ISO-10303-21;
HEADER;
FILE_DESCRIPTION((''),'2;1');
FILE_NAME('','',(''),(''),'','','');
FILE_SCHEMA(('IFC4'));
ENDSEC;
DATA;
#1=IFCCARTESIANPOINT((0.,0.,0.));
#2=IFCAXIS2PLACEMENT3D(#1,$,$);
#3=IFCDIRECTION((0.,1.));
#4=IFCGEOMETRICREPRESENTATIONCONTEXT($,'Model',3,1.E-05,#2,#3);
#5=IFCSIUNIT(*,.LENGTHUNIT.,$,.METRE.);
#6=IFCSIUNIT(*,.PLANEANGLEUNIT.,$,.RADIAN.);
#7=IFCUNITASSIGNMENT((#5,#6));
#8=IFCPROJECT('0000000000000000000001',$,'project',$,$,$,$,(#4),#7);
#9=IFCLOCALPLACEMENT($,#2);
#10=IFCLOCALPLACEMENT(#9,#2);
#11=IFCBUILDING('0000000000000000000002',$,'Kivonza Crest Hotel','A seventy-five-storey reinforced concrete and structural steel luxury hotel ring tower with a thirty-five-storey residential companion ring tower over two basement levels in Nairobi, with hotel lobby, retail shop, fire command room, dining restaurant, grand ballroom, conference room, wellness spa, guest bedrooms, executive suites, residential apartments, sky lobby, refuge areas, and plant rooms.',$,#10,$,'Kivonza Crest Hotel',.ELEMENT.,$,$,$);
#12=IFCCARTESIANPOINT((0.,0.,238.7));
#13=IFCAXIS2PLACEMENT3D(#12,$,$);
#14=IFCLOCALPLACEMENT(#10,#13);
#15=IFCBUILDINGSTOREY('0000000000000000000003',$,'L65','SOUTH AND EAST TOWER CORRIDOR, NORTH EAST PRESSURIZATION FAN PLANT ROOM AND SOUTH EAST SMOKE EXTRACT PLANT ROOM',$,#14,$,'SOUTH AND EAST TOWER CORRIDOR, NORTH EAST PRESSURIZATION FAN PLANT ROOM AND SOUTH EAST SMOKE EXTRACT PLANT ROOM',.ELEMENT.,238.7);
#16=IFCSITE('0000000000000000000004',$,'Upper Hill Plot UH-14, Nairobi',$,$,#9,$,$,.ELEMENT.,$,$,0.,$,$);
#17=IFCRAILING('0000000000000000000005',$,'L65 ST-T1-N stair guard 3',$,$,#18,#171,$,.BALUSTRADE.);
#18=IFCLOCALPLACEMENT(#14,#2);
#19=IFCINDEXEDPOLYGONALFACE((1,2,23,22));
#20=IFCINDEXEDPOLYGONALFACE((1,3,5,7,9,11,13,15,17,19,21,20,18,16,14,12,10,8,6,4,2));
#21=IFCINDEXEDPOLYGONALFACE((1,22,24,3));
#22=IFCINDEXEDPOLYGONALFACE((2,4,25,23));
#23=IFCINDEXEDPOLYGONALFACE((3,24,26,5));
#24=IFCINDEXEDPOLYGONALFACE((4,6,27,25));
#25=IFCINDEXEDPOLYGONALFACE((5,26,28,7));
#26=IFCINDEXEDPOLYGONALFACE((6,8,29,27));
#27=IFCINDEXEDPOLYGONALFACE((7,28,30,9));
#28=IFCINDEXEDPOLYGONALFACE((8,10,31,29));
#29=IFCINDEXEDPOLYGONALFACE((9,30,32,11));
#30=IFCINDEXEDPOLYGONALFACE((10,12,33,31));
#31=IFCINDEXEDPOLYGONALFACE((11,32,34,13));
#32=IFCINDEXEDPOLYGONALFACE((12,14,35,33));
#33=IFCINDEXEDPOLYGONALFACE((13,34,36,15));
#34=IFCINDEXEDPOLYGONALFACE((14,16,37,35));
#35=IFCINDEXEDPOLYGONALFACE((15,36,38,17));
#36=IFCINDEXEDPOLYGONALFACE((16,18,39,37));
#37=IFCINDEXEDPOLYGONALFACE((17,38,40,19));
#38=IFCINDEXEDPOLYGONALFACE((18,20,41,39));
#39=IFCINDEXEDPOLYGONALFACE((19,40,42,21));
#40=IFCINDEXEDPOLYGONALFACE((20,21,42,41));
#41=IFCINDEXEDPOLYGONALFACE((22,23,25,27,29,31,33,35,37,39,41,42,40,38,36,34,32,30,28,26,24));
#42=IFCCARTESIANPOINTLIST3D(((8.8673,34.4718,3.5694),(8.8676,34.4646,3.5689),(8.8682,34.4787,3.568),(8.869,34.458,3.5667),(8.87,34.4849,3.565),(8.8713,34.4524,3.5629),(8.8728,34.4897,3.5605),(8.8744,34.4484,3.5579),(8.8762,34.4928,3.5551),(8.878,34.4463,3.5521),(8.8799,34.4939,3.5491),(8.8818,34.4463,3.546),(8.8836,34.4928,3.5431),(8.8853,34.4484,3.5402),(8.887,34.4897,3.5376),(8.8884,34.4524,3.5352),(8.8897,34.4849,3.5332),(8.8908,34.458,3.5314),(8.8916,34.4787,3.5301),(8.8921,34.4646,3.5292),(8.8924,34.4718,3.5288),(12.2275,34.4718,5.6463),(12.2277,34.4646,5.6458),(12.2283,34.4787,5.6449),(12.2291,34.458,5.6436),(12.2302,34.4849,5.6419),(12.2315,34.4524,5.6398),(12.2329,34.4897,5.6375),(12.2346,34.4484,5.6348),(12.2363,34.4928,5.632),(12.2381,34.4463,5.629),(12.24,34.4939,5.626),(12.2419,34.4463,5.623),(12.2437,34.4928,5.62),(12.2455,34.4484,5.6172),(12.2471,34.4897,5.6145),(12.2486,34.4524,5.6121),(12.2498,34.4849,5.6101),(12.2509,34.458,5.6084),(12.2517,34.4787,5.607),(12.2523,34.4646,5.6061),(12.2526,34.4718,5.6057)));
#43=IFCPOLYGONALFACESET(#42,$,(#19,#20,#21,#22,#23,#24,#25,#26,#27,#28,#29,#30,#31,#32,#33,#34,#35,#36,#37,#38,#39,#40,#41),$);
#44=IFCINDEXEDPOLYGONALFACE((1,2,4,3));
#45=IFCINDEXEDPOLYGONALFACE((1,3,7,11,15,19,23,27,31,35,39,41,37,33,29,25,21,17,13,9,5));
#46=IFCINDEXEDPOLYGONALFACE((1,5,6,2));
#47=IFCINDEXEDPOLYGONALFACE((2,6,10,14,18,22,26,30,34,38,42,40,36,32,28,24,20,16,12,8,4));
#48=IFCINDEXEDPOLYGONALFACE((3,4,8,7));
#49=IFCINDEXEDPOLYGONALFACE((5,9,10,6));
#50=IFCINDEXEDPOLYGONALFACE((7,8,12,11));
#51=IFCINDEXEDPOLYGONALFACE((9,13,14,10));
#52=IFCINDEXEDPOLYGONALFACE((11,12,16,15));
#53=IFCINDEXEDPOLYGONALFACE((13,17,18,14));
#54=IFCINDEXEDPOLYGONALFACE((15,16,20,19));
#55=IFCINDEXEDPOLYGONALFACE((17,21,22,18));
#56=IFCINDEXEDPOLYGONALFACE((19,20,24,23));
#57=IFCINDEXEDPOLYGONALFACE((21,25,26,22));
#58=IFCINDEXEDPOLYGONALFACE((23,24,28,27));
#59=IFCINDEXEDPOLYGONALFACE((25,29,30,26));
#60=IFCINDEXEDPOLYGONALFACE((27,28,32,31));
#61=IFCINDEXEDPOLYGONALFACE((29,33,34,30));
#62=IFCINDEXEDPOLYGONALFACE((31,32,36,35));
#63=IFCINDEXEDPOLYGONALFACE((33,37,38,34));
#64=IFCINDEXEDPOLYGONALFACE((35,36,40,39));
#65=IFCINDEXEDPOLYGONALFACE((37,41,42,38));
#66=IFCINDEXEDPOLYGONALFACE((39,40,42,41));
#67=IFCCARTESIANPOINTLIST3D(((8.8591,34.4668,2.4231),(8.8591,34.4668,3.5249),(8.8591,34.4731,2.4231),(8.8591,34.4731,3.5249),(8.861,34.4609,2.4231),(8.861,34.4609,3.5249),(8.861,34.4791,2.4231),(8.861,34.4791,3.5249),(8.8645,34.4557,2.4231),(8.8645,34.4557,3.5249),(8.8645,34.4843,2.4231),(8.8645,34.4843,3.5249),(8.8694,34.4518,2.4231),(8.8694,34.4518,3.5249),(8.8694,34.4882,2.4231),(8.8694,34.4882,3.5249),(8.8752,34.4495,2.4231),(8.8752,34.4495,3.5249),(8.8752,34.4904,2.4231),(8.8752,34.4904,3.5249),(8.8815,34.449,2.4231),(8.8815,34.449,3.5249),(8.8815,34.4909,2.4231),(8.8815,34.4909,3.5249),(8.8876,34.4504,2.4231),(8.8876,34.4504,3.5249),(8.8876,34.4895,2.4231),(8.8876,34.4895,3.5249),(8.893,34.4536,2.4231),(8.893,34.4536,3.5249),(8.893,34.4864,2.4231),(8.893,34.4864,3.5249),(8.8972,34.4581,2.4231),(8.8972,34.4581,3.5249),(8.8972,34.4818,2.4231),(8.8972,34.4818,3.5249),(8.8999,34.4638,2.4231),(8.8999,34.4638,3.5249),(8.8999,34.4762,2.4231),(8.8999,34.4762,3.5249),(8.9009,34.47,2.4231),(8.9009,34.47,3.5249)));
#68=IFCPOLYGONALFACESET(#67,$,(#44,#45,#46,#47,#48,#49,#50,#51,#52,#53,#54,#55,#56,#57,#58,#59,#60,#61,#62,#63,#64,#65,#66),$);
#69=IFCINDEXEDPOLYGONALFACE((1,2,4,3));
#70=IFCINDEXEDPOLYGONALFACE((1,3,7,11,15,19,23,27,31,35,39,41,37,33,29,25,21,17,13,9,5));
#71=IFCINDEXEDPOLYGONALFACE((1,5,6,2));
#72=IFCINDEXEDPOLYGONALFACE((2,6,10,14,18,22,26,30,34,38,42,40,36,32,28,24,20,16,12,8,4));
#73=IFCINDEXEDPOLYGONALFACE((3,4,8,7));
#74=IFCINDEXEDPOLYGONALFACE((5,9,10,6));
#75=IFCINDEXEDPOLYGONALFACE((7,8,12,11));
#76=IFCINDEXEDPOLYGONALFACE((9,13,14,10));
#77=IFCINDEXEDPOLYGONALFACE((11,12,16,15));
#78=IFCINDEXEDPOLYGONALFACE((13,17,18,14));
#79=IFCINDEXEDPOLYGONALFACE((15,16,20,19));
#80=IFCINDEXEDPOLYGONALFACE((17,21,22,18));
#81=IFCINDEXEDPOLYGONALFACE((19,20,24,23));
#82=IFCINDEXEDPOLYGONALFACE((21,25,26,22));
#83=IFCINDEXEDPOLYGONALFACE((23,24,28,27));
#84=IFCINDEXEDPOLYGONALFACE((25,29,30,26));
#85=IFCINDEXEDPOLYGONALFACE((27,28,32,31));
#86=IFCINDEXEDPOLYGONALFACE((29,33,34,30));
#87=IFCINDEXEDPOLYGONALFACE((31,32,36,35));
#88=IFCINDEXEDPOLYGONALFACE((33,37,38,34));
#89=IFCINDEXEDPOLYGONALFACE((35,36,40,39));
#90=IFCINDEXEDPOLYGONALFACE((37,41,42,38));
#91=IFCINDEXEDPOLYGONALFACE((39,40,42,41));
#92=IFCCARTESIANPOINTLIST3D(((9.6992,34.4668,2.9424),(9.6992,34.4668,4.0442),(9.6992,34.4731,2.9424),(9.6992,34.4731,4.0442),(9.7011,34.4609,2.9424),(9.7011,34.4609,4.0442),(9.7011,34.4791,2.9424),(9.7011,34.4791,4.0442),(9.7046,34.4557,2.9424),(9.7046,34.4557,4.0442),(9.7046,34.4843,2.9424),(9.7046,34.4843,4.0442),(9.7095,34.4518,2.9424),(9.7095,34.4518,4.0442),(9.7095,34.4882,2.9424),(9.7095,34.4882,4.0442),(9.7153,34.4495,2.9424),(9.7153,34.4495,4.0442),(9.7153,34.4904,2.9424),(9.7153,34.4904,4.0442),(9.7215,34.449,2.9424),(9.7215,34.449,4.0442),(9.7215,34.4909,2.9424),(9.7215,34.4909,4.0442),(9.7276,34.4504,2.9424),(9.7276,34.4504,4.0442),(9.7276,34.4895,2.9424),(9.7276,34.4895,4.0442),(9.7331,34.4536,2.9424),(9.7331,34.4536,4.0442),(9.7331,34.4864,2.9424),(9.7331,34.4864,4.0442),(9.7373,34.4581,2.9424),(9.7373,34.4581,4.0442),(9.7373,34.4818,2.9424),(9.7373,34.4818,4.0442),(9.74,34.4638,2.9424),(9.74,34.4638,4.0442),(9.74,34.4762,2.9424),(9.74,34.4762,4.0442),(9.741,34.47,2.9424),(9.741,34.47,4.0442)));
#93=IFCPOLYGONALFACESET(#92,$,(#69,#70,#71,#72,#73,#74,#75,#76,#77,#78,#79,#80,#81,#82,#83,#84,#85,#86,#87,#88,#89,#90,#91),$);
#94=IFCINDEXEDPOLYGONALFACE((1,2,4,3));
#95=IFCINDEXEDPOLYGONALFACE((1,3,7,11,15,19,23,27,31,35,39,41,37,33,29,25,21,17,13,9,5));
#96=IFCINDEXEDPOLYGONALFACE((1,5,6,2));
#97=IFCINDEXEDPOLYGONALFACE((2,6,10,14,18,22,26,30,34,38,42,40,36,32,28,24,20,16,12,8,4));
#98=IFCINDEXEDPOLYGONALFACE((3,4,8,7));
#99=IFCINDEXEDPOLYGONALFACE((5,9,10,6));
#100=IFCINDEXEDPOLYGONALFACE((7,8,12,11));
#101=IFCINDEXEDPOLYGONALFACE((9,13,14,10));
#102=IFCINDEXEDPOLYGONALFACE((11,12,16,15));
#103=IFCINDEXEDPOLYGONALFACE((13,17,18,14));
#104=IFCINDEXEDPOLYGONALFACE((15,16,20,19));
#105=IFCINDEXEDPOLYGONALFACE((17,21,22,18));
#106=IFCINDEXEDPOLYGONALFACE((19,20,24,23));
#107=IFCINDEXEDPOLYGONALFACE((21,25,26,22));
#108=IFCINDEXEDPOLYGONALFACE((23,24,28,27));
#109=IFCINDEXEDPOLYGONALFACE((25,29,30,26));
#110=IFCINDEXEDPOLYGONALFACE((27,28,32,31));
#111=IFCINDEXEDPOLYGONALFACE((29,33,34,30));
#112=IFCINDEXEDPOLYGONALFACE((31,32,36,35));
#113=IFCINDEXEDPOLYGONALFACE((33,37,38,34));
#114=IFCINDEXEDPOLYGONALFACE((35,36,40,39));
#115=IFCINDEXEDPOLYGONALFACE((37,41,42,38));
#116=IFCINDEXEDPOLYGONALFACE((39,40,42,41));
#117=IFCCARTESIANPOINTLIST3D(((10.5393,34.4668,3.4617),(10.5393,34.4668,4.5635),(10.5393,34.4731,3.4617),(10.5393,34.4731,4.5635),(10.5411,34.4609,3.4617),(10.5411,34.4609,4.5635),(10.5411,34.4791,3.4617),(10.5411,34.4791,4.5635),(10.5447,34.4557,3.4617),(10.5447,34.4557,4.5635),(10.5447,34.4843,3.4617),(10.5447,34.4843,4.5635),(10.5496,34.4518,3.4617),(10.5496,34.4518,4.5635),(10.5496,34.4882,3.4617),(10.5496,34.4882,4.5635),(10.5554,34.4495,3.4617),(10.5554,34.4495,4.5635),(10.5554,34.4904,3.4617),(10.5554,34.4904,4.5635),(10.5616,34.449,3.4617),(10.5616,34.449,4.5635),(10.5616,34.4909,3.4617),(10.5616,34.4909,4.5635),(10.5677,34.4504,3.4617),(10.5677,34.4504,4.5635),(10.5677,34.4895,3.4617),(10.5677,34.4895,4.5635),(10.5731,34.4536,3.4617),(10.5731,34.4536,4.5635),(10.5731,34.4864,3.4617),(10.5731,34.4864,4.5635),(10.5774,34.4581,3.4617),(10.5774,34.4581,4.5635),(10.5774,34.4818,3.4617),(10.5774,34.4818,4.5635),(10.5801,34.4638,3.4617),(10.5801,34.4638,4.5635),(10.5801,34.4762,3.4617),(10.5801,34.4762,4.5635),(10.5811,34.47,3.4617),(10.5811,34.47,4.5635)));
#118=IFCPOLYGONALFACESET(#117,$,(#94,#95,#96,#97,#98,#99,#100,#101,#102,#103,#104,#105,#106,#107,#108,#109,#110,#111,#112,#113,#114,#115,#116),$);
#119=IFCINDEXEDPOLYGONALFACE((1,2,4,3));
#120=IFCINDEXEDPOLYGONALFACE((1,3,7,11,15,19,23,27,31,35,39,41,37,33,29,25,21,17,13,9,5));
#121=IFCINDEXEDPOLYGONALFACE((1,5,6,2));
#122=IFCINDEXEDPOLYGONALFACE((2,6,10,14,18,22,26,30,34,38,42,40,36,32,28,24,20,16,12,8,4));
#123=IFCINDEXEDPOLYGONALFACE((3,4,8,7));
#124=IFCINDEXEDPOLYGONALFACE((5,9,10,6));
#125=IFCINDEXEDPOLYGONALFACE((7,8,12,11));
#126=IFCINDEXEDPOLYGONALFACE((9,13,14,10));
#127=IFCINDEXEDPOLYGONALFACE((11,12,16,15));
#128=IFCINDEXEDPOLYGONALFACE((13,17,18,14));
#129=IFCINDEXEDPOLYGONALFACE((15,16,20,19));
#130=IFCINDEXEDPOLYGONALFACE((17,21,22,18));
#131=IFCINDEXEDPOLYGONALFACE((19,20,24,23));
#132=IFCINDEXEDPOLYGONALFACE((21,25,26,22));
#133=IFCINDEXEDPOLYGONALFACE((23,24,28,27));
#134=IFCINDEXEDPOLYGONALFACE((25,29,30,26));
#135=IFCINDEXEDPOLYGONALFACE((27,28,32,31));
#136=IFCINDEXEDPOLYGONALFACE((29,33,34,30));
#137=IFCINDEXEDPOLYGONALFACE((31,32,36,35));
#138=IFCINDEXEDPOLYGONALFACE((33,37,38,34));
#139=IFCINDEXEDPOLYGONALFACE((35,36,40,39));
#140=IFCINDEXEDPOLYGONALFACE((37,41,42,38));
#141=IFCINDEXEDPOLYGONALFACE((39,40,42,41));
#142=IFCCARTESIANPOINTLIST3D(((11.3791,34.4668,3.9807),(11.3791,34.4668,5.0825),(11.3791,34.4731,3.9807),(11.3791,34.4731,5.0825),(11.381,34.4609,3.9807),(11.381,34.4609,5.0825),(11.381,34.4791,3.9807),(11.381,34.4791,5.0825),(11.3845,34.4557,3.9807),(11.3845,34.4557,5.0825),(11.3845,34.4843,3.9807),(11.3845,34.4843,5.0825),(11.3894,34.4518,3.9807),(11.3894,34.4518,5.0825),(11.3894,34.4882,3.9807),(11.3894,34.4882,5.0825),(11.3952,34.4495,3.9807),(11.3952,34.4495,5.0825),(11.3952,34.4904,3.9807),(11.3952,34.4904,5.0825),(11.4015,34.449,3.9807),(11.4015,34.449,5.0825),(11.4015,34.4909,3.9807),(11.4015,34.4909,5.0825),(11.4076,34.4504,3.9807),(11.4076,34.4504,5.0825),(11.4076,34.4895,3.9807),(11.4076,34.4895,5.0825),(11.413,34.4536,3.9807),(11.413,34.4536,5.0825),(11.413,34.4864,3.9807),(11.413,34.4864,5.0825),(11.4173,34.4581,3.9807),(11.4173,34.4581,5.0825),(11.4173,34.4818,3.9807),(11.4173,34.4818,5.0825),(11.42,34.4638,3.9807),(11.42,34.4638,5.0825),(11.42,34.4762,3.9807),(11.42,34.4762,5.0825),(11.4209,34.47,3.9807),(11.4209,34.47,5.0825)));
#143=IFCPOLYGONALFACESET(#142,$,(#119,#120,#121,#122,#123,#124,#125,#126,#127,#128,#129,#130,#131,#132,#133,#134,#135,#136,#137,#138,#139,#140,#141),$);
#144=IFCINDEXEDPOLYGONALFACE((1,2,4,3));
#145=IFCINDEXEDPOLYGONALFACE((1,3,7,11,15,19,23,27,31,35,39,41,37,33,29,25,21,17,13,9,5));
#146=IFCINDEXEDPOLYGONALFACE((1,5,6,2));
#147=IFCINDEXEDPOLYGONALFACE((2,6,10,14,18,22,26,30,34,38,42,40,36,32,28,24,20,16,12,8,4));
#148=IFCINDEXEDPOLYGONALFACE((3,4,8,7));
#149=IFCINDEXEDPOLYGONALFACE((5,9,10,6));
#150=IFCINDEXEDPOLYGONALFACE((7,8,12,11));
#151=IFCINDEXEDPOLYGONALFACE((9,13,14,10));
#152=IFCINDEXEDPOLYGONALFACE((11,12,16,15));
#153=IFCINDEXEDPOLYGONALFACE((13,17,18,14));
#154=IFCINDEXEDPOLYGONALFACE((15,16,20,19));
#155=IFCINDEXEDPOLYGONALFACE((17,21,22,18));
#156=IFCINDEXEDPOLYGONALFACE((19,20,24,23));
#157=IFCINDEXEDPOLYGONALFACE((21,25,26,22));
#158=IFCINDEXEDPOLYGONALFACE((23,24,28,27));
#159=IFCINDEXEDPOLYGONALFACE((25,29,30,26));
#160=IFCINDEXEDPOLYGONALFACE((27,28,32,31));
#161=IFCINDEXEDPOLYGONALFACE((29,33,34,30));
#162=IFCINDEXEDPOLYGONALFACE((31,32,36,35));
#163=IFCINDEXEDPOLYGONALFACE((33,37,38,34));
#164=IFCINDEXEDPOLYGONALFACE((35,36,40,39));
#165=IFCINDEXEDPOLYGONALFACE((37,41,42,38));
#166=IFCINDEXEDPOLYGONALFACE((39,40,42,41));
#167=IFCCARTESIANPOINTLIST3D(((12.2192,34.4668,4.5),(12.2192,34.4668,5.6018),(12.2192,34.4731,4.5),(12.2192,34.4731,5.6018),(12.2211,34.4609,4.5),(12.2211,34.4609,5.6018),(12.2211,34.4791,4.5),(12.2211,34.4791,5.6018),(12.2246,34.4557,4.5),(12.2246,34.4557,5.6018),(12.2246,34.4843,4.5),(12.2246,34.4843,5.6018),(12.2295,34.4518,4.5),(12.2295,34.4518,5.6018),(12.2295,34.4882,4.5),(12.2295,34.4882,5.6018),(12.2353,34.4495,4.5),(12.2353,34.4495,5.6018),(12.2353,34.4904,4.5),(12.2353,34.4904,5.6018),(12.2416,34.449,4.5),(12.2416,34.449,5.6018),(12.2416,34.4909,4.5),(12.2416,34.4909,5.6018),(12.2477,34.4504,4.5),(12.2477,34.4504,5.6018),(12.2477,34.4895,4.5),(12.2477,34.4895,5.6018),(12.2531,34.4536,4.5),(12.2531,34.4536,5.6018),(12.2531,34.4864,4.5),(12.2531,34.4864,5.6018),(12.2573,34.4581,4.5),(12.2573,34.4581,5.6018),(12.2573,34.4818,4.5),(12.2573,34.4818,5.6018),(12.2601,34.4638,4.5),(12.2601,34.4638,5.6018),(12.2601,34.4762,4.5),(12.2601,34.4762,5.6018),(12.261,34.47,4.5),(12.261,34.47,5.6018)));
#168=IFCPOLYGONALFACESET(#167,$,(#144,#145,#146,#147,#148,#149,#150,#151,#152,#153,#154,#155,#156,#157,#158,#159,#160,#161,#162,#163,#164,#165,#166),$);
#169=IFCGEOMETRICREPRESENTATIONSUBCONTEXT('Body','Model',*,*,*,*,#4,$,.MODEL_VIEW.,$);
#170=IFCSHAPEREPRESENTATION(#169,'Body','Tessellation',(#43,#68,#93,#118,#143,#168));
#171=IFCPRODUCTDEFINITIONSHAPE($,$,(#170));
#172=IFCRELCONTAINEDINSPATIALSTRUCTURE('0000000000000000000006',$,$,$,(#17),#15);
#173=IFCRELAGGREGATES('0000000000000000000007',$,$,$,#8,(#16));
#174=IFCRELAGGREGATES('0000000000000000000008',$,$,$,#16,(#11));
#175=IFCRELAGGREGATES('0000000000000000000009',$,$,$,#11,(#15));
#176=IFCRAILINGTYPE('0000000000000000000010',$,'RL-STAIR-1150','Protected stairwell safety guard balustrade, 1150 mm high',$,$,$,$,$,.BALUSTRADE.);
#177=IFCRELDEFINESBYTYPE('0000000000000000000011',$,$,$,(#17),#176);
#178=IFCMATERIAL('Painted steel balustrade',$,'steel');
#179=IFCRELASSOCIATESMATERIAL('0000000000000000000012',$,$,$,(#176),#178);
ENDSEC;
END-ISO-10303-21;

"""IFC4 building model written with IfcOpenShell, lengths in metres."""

from ifc_helpers import new_model, si_unit, direction, frame, origin, origin_2d, place, context, subcontext, project, spatial, circle, extrude, material, type_object, element, save


model = new_model("IFC4")

# Units and contexts
model_context = context("Model", 3, precision=1e-05, world=origin(), true_north=direction((0.0, 1.0)))
body_context = subcontext(model_context, "Body", "Model", "MODEL_VIEW")
ifc_project = project(units=[si_unit("LENGTHUNIT", "METRE"), si_unit("PLANEANGLEUNIT", "RADIAN")], contexts=[model_context])

# Site, building, storey
site_placement = place(None, origin())
site = spatial("IfcSite", under=ifc_project, at=site_placement, Name="Upper Hill Plot UH-14, Nairobi", CompositionType="ELEMENT", RefElevation=0.0)
building_placement = place(site_placement, origin())
building = spatial("IfcBuilding", under=site, at=building_placement, Name="Kivonza Crest Hotel", Description="A seventy-five-storey reinforced concrete and structural steel luxury hotel ring tower with a thirty-five-storey residential companion ring tower over two basement levels in Nairobi, with hotel lobby, retail shop, fire command room, dining restaurant, grand ballroom, conference room, wellness spa, guest bedrooms, executive suites, residential apartments, sky lobby, refuge areas, and plant rooms.", LongName="Kivonza Crest Hotel", CompositionType="ELEMENT")
storey_placement = place(building_placement, frame((0.0, 0.0, 238.7)))
storey = spatial("IfcBuildingStorey", under=building, at=storey_placement, Name="L65", Description="SOUTH AND EAST TOWER CORRIDOR, NORTH EAST PRESSURIZATION FAN PLANT ROOM AND SOUTH EAST SMOKE EXTRACT PLANT ROOM", LongName="SOUTH AND EAST TOWER CORRIDOR, NORTH EAST PRESSURIZATION FAN PLANT ROOM AND SOUTH EAST SMOKE EXTRACT PLANT ROOM", CompositionType="ELEMENT", Elevation=238.7)

# Railing
ifc_material_1 = material(Name="Painted steel balustrade", Category="steel")
railing_type_1 = type_object("IfcRailingType", Name="RL-STAIR-1150", Description="Protected stairwell safety guard balustrade, 1150 mm high", PredefinedType="BALUSTRADE", material=ifc_material_1)
railing_1_placement = place(storey_placement, frame((8.8799, 34.47, 2.4231)))
element("IfcRailing", 1, at=railing_1_placement, inside=storey, type_object=railing_type_1, Name="L65 ST-T1-N stair guard 3", PredefinedType="BALUSTRADE", context=body_context, shape_type="SweptSolid", body=[
    extrude(circle(Radius=0.0239, at=origin_2d()), frame((0.0, 0.0, 1.126), z_axis=(0.850623, 0.0, 0.525776), x_axis=(0.0, 1.0, 0.0)), (0.0, 0.0, 1.0), 3.9502),
    extrude(circle(Radius=0.021, at=origin_2d()), origin(), (0.0, 0.0, 1.0), 1.1018),
    extrude(circle(Radius=0.021, at=origin_2d()), frame((0.8401, 0.0, 0.5193)), (0.0, 0.0, 1.0), 1.1018),
    extrude(circle(Radius=0.021, at=origin_2d()), frame((1.6802, 0.0, 1.0386)), (0.0, 0.0, 1.0), 1.1018),
    extrude(circle(Radius=0.021, at=origin_2d()), frame((2.52, 0.0, 1.5576)), (0.0, 0.0, 1.0), 1.1018),
    extrude(circle(Radius=0.021, at=origin_2d()), frame((3.3601, 0.0, 2.0769)), (0.0, 0.0, 1.0), 1.1018),
])

save(model, "model.ifc")
